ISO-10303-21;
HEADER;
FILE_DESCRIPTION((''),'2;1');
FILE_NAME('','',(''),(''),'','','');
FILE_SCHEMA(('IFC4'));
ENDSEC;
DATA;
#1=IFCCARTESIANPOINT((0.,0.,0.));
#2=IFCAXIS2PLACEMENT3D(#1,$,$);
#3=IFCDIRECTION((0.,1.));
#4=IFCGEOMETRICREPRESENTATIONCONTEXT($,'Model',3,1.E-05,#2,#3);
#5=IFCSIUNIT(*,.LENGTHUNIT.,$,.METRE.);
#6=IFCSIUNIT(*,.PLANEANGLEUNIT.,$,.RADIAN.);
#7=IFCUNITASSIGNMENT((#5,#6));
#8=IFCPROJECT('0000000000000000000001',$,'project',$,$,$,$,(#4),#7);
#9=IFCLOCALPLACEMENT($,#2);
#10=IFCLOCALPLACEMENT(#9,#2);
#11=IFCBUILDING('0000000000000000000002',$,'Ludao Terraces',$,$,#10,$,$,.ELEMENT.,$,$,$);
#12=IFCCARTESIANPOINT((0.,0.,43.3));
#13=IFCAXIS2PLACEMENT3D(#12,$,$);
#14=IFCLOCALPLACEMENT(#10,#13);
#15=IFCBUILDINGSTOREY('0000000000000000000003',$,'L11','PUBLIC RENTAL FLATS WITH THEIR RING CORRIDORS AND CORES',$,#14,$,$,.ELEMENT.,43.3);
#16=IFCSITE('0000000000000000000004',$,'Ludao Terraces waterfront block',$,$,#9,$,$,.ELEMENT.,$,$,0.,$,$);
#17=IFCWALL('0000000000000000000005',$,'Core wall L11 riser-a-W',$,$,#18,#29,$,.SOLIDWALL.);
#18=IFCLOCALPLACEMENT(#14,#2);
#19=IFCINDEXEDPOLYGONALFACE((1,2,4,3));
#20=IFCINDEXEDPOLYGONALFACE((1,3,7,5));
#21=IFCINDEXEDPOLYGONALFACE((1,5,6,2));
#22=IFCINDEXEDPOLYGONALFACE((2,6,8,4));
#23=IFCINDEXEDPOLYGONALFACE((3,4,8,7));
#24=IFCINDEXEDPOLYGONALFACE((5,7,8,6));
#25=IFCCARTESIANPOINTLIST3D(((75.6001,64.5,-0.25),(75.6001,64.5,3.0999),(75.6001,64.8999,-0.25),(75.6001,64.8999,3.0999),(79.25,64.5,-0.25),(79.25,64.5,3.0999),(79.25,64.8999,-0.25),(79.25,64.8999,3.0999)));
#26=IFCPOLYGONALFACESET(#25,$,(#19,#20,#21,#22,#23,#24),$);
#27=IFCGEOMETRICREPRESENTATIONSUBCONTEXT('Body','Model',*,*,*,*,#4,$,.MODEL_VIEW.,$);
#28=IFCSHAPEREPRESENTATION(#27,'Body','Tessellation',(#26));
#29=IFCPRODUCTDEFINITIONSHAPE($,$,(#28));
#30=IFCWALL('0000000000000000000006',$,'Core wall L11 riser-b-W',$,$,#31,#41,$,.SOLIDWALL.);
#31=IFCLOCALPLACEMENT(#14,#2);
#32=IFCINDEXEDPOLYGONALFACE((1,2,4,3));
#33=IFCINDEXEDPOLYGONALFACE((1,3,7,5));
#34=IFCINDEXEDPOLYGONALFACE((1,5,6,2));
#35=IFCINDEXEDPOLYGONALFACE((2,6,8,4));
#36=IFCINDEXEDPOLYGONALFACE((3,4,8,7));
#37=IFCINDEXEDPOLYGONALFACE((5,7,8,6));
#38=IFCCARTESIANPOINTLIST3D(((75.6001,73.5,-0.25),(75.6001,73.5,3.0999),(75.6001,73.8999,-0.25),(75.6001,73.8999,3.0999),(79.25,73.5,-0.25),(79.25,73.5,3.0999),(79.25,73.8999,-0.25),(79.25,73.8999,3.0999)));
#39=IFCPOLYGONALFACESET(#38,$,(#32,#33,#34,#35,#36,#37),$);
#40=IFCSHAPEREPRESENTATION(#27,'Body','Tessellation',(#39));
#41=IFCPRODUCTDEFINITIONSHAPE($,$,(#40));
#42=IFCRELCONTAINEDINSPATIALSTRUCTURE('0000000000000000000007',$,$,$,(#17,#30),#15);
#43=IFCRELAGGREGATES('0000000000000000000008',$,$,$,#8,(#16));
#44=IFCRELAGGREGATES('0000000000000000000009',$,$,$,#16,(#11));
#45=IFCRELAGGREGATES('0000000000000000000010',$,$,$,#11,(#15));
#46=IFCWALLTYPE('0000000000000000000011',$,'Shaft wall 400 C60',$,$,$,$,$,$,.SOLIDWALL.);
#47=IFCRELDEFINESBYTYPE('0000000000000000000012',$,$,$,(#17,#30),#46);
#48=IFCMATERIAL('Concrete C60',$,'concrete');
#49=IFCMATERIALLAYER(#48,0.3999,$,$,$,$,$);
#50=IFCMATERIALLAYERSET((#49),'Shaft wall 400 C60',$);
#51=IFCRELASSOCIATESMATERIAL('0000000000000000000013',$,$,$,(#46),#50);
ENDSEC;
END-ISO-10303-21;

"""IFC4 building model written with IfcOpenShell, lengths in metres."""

from ifc_helpers import new_model, si_unit, direction, frame, frame_2d, origin, place, context, subcontext, project, spatial, rectangle, extrude, material, layer, layer_set, type_object, element, save


model = new_model("IFC4")

# Units and contexts
model_context = context("Model", 3, precision=1e-05, world=origin(), true_north=direction((0.0, 1.0)))
body_context = subcontext(model_context, "Body", "Model", "MODEL_VIEW")
ifc_project = project(units=[si_unit("LENGTHUNIT", "METRE"), si_unit("PLANEANGLEUNIT", "RADIAN")], contexts=[model_context])

# Site, building, storey
site_placement = place(None, origin())
site = spatial("IfcSite", under=ifc_project, at=site_placement, Name="Ludao Terraces waterfront block", CompositionType="ELEMENT", RefElevation=0.0)
building_placement = place(site_placement, origin())
building = spatial("IfcBuilding", under=site, at=building_placement, Name="Ludao Terraces", CompositionType="ELEMENT")
storey_placement = place(building_placement, frame((0.0, 0.0, 43.3)))
storey = spatial("IfcBuildingStorey", under=building, at=storey_placement, Name="L11", Description="PUBLIC RENTAL FLATS WITH THEIR RING CORRIDORS AND CORES", CompositionType="ELEMENT", Elevation=43.3)

# Shared definitions
ifc_material_1 = material(Name="Concrete C60", Category="concrete")

# Walls
ifc_layer_1 = layer(ifc_material_1, 0.3999)
ifc_layer_set_1 = layer_set([ifc_layer_1], Name="Shaft wall 400 C60")
wall_type_1 = type_object("IfcWallType", Name="Shaft wall 400 C60", PredefinedType="SOLIDWALL", material=ifc_layer_set_1)
for number, where, z_axis, x_axis, name in (
    (1, (75.6001, 64.7, -0.25), (0.0, 0.0, 1.0), (1.0, 0.0, 0.0), "Core wall L11 riser-a-W"),
    (2, (75.6001, 73.7, -0.25), (0.0, 0.0, 1.0), (1.0, 0.0, 0.0), "Core wall L11 riser-b-W"),
):
    element("IfcWall", number, at=place(storey_placement, frame(where, z_axis=z_axis, x_axis=x_axis)), inside=storey, type_object=wall_type_1, Name=name, PredefinedType="SOLIDWALL", context=body_context, shape_type="SweptSolid", body=[
        extrude(rectangle(XDim=3.6499, YDim=0.3999, at=frame_2d((1.825, 0.0))), origin(), (0.0, 0.0, 1.0), 3.3499),
    ])

save(model, "model.ifc")
